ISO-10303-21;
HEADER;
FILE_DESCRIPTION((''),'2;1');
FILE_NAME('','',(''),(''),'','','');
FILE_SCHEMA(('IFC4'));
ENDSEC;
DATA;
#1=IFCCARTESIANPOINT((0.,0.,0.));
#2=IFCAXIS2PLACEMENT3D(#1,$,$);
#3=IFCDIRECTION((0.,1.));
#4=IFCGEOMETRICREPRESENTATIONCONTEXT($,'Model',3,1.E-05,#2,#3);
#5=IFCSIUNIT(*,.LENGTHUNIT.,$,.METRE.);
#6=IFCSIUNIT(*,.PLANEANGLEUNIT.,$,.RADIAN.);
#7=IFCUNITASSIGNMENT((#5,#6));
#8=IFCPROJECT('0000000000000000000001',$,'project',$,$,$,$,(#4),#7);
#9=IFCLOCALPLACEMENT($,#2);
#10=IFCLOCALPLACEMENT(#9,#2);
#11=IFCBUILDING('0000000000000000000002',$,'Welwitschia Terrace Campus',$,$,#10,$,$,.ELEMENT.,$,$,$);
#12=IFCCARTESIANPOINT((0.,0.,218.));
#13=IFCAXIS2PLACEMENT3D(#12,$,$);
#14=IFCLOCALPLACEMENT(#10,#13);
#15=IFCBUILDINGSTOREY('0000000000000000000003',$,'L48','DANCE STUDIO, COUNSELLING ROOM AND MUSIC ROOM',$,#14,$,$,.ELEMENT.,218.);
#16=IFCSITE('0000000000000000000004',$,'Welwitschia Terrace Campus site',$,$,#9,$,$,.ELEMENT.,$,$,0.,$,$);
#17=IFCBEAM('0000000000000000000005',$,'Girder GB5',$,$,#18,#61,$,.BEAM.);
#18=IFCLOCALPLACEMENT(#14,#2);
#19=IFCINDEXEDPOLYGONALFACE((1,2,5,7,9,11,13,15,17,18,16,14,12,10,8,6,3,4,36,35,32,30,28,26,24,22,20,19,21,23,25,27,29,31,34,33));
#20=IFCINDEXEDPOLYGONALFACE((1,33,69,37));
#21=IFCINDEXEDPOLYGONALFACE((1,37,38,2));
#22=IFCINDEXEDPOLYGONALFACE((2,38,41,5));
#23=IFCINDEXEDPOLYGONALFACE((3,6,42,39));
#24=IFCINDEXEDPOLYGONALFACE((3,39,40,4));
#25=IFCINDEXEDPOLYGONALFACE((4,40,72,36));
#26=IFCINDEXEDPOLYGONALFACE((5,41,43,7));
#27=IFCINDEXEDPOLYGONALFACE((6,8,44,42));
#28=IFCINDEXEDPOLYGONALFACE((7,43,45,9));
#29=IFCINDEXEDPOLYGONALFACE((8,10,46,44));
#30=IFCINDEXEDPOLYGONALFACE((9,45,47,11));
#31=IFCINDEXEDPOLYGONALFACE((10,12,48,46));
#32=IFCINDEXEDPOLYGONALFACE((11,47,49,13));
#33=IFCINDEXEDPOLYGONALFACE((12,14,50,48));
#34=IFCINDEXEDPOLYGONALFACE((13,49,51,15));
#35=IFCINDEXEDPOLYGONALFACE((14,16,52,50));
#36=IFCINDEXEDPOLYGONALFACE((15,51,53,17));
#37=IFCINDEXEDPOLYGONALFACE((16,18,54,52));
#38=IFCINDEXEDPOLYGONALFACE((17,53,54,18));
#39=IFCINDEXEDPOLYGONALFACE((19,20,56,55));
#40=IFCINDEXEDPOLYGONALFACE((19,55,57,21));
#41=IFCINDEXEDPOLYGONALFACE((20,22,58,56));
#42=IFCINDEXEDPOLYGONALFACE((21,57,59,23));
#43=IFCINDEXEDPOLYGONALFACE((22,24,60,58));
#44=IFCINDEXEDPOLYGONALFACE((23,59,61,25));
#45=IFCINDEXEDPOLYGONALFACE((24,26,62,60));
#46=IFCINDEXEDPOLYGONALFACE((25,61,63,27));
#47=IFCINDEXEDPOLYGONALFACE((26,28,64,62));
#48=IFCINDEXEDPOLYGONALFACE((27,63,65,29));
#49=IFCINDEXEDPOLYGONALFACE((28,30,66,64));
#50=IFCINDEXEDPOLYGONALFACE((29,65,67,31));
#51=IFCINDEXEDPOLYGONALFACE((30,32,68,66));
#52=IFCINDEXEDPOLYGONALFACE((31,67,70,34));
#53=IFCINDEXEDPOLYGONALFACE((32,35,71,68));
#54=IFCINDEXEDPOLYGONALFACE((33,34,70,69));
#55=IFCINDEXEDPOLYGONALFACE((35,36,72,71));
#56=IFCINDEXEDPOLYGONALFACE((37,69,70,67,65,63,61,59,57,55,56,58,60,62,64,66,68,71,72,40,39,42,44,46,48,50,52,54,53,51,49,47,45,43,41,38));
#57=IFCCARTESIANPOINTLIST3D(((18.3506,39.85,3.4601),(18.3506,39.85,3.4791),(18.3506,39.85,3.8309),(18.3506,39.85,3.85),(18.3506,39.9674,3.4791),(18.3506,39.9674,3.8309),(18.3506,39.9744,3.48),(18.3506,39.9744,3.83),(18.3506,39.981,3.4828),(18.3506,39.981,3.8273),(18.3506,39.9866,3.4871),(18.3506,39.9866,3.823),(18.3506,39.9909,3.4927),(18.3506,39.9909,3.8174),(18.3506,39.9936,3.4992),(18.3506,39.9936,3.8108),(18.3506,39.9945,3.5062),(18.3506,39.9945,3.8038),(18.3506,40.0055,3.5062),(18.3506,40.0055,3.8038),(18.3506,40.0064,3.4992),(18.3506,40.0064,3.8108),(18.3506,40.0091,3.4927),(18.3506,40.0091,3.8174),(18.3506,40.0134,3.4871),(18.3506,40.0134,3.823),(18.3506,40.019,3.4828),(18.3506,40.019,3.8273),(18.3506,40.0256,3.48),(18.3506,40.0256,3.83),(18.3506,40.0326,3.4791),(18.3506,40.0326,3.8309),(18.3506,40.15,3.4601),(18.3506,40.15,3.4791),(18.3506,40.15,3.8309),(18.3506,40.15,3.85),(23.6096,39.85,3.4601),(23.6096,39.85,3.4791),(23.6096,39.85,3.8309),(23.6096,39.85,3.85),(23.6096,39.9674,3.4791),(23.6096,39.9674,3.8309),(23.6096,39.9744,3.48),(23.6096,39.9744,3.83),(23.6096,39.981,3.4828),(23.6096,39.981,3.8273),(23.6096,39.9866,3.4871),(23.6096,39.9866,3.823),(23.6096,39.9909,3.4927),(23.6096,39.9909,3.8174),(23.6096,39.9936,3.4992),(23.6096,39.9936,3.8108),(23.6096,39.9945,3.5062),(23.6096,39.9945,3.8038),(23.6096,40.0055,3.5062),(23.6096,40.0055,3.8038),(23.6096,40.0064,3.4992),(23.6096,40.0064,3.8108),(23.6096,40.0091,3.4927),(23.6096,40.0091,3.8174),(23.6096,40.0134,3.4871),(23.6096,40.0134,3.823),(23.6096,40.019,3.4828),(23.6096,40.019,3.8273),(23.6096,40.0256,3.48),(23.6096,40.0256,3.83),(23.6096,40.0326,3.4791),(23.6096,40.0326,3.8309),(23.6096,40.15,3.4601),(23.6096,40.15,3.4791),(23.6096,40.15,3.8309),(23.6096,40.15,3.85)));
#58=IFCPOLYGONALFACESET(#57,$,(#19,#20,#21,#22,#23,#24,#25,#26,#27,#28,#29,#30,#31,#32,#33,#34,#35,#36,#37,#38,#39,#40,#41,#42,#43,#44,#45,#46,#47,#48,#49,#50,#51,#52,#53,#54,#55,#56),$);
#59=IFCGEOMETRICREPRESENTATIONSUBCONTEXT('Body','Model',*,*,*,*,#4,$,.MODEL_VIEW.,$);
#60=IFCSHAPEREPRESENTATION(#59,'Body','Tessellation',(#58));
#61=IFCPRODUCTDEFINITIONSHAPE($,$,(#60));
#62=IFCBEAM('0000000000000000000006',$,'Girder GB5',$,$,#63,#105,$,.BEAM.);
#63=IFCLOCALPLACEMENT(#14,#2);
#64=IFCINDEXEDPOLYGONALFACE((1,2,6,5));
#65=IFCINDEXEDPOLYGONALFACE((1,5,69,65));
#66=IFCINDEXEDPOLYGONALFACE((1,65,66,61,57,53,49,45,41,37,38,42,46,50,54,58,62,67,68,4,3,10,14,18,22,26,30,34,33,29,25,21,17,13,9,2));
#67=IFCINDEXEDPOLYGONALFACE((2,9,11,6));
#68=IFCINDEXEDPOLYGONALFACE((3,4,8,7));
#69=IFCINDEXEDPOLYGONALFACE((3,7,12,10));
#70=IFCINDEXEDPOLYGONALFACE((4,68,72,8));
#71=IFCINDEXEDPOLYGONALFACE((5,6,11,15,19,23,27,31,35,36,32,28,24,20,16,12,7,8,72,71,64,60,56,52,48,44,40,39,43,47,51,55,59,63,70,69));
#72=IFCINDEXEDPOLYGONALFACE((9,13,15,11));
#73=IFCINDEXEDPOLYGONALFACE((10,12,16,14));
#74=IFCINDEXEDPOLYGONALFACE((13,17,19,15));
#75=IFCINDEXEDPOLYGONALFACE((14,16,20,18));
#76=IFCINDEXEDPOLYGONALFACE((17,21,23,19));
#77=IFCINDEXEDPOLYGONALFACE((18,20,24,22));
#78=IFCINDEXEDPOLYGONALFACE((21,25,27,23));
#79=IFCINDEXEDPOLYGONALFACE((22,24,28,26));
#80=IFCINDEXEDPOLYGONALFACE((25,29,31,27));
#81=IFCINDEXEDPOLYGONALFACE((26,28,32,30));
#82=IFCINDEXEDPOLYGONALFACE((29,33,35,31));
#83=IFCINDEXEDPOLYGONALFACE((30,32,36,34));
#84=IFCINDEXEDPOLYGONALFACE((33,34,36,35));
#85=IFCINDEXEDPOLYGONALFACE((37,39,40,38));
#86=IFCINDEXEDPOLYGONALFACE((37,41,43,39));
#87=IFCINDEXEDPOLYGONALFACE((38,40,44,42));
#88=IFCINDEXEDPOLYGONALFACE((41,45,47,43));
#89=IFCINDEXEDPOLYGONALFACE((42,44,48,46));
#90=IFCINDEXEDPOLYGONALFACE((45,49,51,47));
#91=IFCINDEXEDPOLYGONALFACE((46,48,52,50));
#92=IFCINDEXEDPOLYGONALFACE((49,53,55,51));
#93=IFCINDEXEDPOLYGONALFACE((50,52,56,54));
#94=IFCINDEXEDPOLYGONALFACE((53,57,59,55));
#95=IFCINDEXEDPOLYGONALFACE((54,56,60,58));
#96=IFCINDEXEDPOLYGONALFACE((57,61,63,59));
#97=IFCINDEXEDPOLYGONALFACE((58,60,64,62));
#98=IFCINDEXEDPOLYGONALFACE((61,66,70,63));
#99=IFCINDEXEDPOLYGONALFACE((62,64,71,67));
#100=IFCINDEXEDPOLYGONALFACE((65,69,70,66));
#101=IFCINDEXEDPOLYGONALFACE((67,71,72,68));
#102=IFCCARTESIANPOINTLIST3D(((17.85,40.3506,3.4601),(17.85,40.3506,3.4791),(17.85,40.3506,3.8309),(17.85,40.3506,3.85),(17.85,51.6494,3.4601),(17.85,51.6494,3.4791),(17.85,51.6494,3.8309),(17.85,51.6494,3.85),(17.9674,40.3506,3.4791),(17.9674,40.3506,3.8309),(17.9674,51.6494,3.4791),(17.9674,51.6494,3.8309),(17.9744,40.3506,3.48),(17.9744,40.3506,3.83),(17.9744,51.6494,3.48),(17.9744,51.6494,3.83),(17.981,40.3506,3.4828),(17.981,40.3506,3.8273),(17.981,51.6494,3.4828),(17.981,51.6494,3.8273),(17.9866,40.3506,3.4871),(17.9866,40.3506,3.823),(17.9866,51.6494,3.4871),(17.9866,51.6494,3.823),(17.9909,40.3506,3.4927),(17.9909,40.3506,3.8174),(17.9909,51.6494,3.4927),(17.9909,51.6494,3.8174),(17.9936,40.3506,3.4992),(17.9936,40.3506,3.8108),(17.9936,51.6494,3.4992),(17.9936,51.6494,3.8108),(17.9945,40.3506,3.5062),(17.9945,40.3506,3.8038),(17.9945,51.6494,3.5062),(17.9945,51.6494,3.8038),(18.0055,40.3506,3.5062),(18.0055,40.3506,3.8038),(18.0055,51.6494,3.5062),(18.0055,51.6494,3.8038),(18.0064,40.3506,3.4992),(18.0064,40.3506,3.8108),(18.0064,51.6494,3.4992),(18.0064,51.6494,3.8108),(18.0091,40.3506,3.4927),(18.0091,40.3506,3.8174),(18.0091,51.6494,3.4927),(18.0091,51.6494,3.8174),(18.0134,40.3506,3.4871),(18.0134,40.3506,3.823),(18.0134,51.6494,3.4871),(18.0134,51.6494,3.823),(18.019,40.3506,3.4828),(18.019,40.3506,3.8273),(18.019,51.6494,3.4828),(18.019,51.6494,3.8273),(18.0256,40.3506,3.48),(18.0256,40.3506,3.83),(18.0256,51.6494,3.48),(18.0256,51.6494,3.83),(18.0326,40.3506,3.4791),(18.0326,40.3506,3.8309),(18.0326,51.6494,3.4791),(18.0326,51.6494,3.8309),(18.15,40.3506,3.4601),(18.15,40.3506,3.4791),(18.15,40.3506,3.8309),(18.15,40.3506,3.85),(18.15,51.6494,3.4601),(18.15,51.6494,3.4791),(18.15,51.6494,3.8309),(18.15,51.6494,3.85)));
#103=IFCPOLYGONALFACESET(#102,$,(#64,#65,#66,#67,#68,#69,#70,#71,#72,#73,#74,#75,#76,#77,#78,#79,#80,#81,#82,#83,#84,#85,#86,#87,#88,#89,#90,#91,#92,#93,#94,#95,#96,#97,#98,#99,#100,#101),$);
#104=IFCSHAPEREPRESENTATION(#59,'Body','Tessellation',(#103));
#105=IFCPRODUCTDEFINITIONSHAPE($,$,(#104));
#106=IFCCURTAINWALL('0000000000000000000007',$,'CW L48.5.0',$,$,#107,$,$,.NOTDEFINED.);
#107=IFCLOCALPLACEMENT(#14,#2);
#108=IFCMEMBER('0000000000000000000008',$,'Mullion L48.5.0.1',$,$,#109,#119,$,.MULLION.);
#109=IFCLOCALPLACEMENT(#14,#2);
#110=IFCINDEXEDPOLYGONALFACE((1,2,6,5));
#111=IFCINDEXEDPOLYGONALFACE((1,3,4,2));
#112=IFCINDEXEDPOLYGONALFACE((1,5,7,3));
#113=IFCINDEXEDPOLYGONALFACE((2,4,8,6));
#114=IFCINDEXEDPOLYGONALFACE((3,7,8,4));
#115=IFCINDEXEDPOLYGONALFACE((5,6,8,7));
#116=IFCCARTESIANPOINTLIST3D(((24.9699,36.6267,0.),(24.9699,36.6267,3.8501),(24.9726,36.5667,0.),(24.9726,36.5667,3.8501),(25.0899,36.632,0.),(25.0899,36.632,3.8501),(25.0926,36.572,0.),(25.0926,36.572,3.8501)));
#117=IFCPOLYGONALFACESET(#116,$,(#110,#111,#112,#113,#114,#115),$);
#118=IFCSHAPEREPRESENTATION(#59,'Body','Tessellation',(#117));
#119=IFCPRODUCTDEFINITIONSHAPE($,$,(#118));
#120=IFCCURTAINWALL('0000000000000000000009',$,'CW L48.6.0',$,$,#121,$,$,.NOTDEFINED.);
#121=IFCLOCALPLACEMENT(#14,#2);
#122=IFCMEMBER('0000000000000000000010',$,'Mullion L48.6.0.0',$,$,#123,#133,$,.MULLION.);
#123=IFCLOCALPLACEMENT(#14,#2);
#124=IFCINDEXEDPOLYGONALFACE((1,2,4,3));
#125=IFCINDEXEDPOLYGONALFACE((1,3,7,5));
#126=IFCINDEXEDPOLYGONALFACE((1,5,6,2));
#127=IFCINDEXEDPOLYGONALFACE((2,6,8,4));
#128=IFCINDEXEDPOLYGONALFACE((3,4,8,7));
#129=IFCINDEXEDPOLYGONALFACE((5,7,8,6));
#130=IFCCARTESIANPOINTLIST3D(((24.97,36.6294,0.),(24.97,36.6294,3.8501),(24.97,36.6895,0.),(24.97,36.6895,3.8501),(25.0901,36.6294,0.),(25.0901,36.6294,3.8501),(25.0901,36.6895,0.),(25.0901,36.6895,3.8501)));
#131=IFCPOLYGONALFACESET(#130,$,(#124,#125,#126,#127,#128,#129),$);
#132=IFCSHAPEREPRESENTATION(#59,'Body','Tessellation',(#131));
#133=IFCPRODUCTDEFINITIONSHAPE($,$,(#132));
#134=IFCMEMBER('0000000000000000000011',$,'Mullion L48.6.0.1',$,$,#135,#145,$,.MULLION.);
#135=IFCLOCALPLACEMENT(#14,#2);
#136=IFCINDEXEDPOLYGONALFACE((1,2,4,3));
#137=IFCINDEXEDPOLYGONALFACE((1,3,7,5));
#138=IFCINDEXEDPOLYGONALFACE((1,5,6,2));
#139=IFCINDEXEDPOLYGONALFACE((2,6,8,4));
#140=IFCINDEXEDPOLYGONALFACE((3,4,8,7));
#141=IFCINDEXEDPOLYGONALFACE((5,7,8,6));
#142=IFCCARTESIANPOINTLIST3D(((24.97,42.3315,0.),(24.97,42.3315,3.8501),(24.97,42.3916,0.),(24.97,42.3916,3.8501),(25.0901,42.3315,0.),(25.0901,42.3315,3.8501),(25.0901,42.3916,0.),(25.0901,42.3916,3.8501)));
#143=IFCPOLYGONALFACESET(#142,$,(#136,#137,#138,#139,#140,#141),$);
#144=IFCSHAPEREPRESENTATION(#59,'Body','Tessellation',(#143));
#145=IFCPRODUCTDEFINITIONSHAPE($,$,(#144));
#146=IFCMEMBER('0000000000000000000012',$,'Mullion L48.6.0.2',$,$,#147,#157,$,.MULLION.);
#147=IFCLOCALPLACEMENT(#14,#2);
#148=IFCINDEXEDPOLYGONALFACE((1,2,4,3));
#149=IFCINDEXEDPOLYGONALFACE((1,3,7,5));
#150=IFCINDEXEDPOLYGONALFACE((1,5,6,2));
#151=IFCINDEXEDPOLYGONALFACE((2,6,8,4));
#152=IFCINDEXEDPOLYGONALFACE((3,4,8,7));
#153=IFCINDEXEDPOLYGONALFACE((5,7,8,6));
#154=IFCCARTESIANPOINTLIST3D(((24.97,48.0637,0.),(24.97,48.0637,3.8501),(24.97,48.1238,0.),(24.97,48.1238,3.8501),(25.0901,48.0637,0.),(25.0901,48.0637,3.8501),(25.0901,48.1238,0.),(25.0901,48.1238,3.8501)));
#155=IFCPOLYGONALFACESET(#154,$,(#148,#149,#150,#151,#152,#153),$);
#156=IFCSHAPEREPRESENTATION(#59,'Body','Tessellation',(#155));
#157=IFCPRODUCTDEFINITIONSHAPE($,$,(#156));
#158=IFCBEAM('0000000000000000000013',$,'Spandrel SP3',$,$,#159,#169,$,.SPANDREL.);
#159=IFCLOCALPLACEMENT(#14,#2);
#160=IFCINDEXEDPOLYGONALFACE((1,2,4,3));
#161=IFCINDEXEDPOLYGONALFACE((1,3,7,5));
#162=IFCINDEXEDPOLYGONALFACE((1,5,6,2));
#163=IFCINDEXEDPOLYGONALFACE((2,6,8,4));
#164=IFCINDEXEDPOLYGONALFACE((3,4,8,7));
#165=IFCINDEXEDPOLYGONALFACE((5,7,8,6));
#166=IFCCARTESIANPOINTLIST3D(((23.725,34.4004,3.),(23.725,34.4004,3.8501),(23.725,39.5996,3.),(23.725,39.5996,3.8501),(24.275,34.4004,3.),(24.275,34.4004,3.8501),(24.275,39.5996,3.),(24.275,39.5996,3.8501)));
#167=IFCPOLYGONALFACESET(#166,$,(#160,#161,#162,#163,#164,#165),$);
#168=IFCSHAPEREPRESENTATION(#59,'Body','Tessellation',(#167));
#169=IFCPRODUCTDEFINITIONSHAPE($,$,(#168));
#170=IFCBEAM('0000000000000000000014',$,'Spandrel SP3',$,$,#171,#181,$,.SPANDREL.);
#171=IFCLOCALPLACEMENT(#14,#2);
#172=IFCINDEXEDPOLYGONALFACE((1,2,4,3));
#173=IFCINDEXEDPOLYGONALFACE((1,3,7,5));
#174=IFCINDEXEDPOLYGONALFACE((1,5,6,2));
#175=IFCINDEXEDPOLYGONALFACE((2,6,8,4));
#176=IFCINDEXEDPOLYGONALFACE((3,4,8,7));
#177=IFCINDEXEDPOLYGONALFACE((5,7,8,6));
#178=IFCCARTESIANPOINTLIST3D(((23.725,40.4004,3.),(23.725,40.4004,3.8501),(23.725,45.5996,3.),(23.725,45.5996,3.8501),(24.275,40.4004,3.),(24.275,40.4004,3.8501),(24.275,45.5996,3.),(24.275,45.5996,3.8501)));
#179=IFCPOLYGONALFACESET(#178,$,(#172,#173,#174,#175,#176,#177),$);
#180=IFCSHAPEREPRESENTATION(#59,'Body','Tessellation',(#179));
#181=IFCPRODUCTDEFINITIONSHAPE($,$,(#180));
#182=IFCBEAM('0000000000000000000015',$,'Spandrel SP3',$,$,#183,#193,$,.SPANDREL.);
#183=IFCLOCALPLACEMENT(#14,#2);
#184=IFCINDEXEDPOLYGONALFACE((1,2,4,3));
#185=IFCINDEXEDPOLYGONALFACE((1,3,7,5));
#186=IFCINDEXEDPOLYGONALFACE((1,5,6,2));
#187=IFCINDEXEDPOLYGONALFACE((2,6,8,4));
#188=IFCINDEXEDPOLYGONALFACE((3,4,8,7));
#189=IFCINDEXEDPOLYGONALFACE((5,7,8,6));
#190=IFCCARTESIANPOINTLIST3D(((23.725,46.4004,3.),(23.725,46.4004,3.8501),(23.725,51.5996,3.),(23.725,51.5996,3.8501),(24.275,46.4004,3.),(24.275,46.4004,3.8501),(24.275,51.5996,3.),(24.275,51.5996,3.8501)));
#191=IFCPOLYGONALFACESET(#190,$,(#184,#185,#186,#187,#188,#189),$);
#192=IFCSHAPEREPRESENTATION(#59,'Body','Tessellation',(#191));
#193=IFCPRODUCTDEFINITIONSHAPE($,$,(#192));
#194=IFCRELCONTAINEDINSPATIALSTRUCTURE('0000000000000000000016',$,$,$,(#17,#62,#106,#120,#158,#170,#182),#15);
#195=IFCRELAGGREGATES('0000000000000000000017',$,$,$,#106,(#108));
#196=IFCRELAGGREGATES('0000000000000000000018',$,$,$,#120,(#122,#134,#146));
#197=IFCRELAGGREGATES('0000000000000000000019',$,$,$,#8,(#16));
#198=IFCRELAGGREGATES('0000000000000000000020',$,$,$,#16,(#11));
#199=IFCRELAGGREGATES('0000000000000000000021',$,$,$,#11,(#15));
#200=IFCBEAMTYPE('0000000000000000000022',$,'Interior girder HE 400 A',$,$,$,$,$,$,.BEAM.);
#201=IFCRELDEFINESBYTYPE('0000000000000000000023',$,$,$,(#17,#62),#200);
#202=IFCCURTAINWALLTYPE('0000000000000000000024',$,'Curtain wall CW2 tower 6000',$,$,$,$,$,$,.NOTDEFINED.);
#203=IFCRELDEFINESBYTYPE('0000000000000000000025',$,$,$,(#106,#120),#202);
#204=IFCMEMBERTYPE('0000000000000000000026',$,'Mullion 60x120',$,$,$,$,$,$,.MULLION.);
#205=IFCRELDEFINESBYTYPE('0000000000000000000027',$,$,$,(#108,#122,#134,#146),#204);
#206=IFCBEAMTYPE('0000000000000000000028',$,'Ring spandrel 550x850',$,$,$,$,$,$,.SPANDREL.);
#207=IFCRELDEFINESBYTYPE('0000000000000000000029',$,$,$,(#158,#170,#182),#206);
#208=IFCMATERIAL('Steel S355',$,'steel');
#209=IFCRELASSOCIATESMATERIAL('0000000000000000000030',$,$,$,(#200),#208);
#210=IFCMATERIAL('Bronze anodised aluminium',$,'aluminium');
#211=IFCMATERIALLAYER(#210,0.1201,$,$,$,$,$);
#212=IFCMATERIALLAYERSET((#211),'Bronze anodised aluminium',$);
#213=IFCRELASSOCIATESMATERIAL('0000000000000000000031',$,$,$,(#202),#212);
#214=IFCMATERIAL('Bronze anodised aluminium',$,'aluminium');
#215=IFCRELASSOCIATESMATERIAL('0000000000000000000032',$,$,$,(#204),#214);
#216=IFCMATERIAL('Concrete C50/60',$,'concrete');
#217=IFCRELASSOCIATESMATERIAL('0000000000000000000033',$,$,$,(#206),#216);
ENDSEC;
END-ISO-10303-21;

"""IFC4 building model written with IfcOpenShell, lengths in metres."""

from ifc_helpers import new_model, si_unit, direction, frame, origin, origin_2d, place, context, subcontext, project, spatial, rectangle, i_section, extrude, material, layer, layer_set, material_profile, profile_set, type_object, element, aggregate, save


model = new_model("IFC4")

# Units and contexts
model_context = context("Model", 3, precision=1e-05, world=origin(), true_north=direction((0.0, 1.0)))
body_context = subcontext(model_context, "Body", "Model", "MODEL_VIEW")
ifc_project = project(units=[si_unit("LENGTHUNIT", "METRE"), si_unit("PLANEANGLEUNIT", "RADIAN")], contexts=[model_context])

# Site, building, storey
site_placement = place(None, origin())
site = spatial("IfcSite", under=ifc_project, at=site_placement, Name="Welwitschia Terrace Campus site", CompositionType="ELEMENT", RefElevation=0.0)
building_placement = place(site_placement, origin())
building = spatial("IfcBuilding", under=site, at=building_placement, Name="Welwitschia Terrace Campus", CompositionType="ELEMENT")
storey_placement = place(building_placement, frame((0.0, 0.0, 218.0)))
storey = spatial("IfcBuildingStorey", under=building, at=storey_placement, Name="L48", Description="DANCE STUDIO, COUNSELLING ROOM AND MUSIC ROOM", CompositionType="ELEMENT", Elevation=218.0)

# Beams
ifc_material_1 = material(Name="Steel S355", Category="steel")
ifc_material_profile_1 = material_profile(ifc_material_1, i_section(OverallWidth=0.3, OverallDepth=0.3899, WebThickness=0.011, FlangeThickness=0.019, FilletRadius=0.0271, at=origin_2d()))
ifc_profile_set_1 = profile_set([ifc_material_profile_1], Name="Steel S355")
beam_type_1 = type_object("IfcBeamType", Name="Interior girder HE 400 A", PredefinedType="BEAM", material=ifc_profile_set_1)
beam_1_placement = place(storey_placement, frame((18.3506, 40.0, 3.655), z_axis=(1.0, 0.0, 0.0), x_axis=(0.0, 1.0, 0.0)))
element("IfcBeam", 1, at=beam_1_placement, inside=storey, type_object=beam_type_1, Name="Girder GB5", PredefinedType="BEAM", context=body_context, shape_type="SweptSolid", body=[
    extrude(i_section(OverallWidth=0.3, OverallDepth=0.3899, WebThickness=0.011, FlangeThickness=0.019, FilletRadius=0.0271, at=origin_2d()), origin(), (0.0, 0.0, 1.0), 5.259),
])
beam_2_placement = place(storey_placement, frame((18.0, 40.3506, 3.655), z_axis=(0.0, 1.0, 0.0), x_axis=(-1.0, 0.0, 0.0)))
element("IfcBeam", 2, at=beam_2_placement, inside=storey, type_object=beam_type_1, Name="Girder GB5", PredefinedType="BEAM", context=body_context, shape_type="SweptSolid", body=[
    extrude(i_section(OverallWidth=0.3, OverallDepth=0.3899, WebThickness=0.011, FlangeThickness=0.019, FilletRadius=0.0271, at=origin_2d()), origin(), (0.0, 0.0, 1.0), 11.2988),
])

# Curtain wall, member
ifc_material_2 = material(Name="Bronze anodised aluminium", Category="aluminium")
ifc_layer_1 = layer(ifc_material_2, 0.1201)
ifc_layer_set_1 = layer_set([ifc_layer_1], Name="Bronze anodised aluminium")
curtain_wall_type = type_object("IfcCurtainWallType", Name="Curtain wall CW2 tower 6000", PredefinedType="NOTDEFINED", material=ifc_layer_set_1)
curtain_wall_1_placement = place(storey_placement, origin())
curtain_wall_1 = element("IfcCurtainWall", 3, at=curtain_wall_1_placement, inside=storey, type_object=curtain_wall_type, Name="CW L48.5.0", PredefinedType="NOTDEFINED")
ifc_material_3 = material(Name="Bronze anodised aluminium", Category="aluminium")
ifc_material_profile_2 = material_profile(ifc_material_3, rectangle(XDim=0.1201, YDim=0.0601, at=origin_2d()))
ifc_profile_set_2 = profile_set([ifc_material_profile_2], Name="Bronze anodised aluminium")
member_type_1 = type_object("IfcMemberType", Name="Mullion 60x120", PredefinedType="MULLION", material=ifc_profile_set_2)
member_1_placement = place(storey_placement, frame((25.0312, 36.5994, 0.0), z_axis=(0.0, 0.0, 1.0), x_axis=(-0.999048, -0.043619, 0.0)))
member_1 = element("IfcMember", 4, at=member_1_placement, type_object=member_type_1, Name="Mullion L48.5.0.1", PredefinedType="MULLION", context=body_context, shape_type="SweptSolid", body=[
    extrude(rectangle(XDim=0.1201, YDim=0.0601, at=origin_2d()), origin(), (0.0, 0.0, 1.0), 3.8501),
])
aggregate(curtain_wall_1, [member_1])

# Curtain wall, members
curtain_wall_2_placement = place(storey_placement, origin())
curtain_wall_2 = element("IfcCurtainWall", 5, at=curtain_wall_2_placement, inside=storey, type_object=curtain_wall_type, Name="CW L48.6.0", PredefinedType="NOTDEFINED")
member_2_placement = place(storey_placement, frame((25.03, 36.6594, 0.0), z_axis=(0.0, 0.0, 1.0), x_axis=(-1.0, 0.0, 0.0)))
member_2 = element("IfcMember", 6, at=member_2_placement, type_object=member_type_1, Name="Mullion L48.6.0.0", PredefinedType="MULLION", context=body_context, shape_type="SweptSolid", body=[
    extrude(rectangle(XDim=0.1201, YDim=0.0601, at=origin_2d()), origin(), (0.0, 0.0, 1.0), 3.8501),
])
member_3_placement = place(storey_placement, frame((25.03, 42.3616, 0.0), z_axis=(0.0, 0.0, 1.0), x_axis=(-1.0, 0.0, 0.0)))
member_3 = element("IfcMember", 7, at=member_3_placement, type_object=member_type_1, Name="Mullion L48.6.0.1", PredefinedType="MULLION", context=body_context, shape_type="SweptSolid", body=[
    extrude(rectangle(XDim=0.1201, YDim=0.0601, at=origin_2d()), origin(), (0.0, 0.0, 1.0), 3.8501),
])
member_4_placement = place(storey_placement, frame((25.03, 48.0938, 0.0), z_axis=(0.0, 0.0, 1.0), x_axis=(-1.0, 0.0, 0.0)))
member_4 = element("IfcMember", 8, at=member_4_placement, type_object=member_type_1, Name="Mullion L48.6.0.2", PredefinedType="MULLION", context=body_context, shape_type="SweptSolid", body=[
    extrude(rectangle(XDim=0.1201, YDim=0.0601, at=origin_2d()), origin(), (0.0, 0.0, 1.0), 3.8501),
])

# Beams
ifc_material_4 = material(Name="Concrete C50/60", Category="concrete")
ifc_material_profile_3 = material_profile(ifc_material_4, rectangle(XDim=0.55, YDim=0.8501, at=origin_2d()))
ifc_profile_set_3 = profile_set([ifc_material_profile_3], Name="Concrete C50/60")
beam_type_2 = type_object("IfcBeamType", Name="Ring spandrel 550x850", PredefinedType="SPANDREL", material=ifc_profile_set_3)
for number, where, z_axis, x_axis, name in (
    (9, (24.0, 34.4004, 3.425), (0.0, 1.0, 0.0), (-1.0, 0.0, 0.0), "Spandrel SP3"),
    (10, (24.0, 40.4004, 3.425), (0.0, 1.0, 0.0), (-1.0, 0.0, 0.0), "Spandrel SP3"),
    (11, (24.0, 46.4004, 3.425), (0.0, 1.0, 0.0), (-1.0, 0.0, 0.0), "Spandrel SP3"),
):
    element("IfcBeam", number, at=place(storey_placement, frame(where, z_axis=z_axis, x_axis=x_axis)), inside=storey, type_object=beam_type_2, Name=name, PredefinedType="SPANDREL", context=body_context, shape_type="SweptSolid", body=[
        extrude(rectangle(XDim=0.55, YDim=0.8501, at=origin_2d()), origin(), (0.0, 0.0, 1.0), 5.1992),
    ])

aggregate(curtain_wall_2, [member_2, member_3, member_4])

save(model, "model.ifc")
